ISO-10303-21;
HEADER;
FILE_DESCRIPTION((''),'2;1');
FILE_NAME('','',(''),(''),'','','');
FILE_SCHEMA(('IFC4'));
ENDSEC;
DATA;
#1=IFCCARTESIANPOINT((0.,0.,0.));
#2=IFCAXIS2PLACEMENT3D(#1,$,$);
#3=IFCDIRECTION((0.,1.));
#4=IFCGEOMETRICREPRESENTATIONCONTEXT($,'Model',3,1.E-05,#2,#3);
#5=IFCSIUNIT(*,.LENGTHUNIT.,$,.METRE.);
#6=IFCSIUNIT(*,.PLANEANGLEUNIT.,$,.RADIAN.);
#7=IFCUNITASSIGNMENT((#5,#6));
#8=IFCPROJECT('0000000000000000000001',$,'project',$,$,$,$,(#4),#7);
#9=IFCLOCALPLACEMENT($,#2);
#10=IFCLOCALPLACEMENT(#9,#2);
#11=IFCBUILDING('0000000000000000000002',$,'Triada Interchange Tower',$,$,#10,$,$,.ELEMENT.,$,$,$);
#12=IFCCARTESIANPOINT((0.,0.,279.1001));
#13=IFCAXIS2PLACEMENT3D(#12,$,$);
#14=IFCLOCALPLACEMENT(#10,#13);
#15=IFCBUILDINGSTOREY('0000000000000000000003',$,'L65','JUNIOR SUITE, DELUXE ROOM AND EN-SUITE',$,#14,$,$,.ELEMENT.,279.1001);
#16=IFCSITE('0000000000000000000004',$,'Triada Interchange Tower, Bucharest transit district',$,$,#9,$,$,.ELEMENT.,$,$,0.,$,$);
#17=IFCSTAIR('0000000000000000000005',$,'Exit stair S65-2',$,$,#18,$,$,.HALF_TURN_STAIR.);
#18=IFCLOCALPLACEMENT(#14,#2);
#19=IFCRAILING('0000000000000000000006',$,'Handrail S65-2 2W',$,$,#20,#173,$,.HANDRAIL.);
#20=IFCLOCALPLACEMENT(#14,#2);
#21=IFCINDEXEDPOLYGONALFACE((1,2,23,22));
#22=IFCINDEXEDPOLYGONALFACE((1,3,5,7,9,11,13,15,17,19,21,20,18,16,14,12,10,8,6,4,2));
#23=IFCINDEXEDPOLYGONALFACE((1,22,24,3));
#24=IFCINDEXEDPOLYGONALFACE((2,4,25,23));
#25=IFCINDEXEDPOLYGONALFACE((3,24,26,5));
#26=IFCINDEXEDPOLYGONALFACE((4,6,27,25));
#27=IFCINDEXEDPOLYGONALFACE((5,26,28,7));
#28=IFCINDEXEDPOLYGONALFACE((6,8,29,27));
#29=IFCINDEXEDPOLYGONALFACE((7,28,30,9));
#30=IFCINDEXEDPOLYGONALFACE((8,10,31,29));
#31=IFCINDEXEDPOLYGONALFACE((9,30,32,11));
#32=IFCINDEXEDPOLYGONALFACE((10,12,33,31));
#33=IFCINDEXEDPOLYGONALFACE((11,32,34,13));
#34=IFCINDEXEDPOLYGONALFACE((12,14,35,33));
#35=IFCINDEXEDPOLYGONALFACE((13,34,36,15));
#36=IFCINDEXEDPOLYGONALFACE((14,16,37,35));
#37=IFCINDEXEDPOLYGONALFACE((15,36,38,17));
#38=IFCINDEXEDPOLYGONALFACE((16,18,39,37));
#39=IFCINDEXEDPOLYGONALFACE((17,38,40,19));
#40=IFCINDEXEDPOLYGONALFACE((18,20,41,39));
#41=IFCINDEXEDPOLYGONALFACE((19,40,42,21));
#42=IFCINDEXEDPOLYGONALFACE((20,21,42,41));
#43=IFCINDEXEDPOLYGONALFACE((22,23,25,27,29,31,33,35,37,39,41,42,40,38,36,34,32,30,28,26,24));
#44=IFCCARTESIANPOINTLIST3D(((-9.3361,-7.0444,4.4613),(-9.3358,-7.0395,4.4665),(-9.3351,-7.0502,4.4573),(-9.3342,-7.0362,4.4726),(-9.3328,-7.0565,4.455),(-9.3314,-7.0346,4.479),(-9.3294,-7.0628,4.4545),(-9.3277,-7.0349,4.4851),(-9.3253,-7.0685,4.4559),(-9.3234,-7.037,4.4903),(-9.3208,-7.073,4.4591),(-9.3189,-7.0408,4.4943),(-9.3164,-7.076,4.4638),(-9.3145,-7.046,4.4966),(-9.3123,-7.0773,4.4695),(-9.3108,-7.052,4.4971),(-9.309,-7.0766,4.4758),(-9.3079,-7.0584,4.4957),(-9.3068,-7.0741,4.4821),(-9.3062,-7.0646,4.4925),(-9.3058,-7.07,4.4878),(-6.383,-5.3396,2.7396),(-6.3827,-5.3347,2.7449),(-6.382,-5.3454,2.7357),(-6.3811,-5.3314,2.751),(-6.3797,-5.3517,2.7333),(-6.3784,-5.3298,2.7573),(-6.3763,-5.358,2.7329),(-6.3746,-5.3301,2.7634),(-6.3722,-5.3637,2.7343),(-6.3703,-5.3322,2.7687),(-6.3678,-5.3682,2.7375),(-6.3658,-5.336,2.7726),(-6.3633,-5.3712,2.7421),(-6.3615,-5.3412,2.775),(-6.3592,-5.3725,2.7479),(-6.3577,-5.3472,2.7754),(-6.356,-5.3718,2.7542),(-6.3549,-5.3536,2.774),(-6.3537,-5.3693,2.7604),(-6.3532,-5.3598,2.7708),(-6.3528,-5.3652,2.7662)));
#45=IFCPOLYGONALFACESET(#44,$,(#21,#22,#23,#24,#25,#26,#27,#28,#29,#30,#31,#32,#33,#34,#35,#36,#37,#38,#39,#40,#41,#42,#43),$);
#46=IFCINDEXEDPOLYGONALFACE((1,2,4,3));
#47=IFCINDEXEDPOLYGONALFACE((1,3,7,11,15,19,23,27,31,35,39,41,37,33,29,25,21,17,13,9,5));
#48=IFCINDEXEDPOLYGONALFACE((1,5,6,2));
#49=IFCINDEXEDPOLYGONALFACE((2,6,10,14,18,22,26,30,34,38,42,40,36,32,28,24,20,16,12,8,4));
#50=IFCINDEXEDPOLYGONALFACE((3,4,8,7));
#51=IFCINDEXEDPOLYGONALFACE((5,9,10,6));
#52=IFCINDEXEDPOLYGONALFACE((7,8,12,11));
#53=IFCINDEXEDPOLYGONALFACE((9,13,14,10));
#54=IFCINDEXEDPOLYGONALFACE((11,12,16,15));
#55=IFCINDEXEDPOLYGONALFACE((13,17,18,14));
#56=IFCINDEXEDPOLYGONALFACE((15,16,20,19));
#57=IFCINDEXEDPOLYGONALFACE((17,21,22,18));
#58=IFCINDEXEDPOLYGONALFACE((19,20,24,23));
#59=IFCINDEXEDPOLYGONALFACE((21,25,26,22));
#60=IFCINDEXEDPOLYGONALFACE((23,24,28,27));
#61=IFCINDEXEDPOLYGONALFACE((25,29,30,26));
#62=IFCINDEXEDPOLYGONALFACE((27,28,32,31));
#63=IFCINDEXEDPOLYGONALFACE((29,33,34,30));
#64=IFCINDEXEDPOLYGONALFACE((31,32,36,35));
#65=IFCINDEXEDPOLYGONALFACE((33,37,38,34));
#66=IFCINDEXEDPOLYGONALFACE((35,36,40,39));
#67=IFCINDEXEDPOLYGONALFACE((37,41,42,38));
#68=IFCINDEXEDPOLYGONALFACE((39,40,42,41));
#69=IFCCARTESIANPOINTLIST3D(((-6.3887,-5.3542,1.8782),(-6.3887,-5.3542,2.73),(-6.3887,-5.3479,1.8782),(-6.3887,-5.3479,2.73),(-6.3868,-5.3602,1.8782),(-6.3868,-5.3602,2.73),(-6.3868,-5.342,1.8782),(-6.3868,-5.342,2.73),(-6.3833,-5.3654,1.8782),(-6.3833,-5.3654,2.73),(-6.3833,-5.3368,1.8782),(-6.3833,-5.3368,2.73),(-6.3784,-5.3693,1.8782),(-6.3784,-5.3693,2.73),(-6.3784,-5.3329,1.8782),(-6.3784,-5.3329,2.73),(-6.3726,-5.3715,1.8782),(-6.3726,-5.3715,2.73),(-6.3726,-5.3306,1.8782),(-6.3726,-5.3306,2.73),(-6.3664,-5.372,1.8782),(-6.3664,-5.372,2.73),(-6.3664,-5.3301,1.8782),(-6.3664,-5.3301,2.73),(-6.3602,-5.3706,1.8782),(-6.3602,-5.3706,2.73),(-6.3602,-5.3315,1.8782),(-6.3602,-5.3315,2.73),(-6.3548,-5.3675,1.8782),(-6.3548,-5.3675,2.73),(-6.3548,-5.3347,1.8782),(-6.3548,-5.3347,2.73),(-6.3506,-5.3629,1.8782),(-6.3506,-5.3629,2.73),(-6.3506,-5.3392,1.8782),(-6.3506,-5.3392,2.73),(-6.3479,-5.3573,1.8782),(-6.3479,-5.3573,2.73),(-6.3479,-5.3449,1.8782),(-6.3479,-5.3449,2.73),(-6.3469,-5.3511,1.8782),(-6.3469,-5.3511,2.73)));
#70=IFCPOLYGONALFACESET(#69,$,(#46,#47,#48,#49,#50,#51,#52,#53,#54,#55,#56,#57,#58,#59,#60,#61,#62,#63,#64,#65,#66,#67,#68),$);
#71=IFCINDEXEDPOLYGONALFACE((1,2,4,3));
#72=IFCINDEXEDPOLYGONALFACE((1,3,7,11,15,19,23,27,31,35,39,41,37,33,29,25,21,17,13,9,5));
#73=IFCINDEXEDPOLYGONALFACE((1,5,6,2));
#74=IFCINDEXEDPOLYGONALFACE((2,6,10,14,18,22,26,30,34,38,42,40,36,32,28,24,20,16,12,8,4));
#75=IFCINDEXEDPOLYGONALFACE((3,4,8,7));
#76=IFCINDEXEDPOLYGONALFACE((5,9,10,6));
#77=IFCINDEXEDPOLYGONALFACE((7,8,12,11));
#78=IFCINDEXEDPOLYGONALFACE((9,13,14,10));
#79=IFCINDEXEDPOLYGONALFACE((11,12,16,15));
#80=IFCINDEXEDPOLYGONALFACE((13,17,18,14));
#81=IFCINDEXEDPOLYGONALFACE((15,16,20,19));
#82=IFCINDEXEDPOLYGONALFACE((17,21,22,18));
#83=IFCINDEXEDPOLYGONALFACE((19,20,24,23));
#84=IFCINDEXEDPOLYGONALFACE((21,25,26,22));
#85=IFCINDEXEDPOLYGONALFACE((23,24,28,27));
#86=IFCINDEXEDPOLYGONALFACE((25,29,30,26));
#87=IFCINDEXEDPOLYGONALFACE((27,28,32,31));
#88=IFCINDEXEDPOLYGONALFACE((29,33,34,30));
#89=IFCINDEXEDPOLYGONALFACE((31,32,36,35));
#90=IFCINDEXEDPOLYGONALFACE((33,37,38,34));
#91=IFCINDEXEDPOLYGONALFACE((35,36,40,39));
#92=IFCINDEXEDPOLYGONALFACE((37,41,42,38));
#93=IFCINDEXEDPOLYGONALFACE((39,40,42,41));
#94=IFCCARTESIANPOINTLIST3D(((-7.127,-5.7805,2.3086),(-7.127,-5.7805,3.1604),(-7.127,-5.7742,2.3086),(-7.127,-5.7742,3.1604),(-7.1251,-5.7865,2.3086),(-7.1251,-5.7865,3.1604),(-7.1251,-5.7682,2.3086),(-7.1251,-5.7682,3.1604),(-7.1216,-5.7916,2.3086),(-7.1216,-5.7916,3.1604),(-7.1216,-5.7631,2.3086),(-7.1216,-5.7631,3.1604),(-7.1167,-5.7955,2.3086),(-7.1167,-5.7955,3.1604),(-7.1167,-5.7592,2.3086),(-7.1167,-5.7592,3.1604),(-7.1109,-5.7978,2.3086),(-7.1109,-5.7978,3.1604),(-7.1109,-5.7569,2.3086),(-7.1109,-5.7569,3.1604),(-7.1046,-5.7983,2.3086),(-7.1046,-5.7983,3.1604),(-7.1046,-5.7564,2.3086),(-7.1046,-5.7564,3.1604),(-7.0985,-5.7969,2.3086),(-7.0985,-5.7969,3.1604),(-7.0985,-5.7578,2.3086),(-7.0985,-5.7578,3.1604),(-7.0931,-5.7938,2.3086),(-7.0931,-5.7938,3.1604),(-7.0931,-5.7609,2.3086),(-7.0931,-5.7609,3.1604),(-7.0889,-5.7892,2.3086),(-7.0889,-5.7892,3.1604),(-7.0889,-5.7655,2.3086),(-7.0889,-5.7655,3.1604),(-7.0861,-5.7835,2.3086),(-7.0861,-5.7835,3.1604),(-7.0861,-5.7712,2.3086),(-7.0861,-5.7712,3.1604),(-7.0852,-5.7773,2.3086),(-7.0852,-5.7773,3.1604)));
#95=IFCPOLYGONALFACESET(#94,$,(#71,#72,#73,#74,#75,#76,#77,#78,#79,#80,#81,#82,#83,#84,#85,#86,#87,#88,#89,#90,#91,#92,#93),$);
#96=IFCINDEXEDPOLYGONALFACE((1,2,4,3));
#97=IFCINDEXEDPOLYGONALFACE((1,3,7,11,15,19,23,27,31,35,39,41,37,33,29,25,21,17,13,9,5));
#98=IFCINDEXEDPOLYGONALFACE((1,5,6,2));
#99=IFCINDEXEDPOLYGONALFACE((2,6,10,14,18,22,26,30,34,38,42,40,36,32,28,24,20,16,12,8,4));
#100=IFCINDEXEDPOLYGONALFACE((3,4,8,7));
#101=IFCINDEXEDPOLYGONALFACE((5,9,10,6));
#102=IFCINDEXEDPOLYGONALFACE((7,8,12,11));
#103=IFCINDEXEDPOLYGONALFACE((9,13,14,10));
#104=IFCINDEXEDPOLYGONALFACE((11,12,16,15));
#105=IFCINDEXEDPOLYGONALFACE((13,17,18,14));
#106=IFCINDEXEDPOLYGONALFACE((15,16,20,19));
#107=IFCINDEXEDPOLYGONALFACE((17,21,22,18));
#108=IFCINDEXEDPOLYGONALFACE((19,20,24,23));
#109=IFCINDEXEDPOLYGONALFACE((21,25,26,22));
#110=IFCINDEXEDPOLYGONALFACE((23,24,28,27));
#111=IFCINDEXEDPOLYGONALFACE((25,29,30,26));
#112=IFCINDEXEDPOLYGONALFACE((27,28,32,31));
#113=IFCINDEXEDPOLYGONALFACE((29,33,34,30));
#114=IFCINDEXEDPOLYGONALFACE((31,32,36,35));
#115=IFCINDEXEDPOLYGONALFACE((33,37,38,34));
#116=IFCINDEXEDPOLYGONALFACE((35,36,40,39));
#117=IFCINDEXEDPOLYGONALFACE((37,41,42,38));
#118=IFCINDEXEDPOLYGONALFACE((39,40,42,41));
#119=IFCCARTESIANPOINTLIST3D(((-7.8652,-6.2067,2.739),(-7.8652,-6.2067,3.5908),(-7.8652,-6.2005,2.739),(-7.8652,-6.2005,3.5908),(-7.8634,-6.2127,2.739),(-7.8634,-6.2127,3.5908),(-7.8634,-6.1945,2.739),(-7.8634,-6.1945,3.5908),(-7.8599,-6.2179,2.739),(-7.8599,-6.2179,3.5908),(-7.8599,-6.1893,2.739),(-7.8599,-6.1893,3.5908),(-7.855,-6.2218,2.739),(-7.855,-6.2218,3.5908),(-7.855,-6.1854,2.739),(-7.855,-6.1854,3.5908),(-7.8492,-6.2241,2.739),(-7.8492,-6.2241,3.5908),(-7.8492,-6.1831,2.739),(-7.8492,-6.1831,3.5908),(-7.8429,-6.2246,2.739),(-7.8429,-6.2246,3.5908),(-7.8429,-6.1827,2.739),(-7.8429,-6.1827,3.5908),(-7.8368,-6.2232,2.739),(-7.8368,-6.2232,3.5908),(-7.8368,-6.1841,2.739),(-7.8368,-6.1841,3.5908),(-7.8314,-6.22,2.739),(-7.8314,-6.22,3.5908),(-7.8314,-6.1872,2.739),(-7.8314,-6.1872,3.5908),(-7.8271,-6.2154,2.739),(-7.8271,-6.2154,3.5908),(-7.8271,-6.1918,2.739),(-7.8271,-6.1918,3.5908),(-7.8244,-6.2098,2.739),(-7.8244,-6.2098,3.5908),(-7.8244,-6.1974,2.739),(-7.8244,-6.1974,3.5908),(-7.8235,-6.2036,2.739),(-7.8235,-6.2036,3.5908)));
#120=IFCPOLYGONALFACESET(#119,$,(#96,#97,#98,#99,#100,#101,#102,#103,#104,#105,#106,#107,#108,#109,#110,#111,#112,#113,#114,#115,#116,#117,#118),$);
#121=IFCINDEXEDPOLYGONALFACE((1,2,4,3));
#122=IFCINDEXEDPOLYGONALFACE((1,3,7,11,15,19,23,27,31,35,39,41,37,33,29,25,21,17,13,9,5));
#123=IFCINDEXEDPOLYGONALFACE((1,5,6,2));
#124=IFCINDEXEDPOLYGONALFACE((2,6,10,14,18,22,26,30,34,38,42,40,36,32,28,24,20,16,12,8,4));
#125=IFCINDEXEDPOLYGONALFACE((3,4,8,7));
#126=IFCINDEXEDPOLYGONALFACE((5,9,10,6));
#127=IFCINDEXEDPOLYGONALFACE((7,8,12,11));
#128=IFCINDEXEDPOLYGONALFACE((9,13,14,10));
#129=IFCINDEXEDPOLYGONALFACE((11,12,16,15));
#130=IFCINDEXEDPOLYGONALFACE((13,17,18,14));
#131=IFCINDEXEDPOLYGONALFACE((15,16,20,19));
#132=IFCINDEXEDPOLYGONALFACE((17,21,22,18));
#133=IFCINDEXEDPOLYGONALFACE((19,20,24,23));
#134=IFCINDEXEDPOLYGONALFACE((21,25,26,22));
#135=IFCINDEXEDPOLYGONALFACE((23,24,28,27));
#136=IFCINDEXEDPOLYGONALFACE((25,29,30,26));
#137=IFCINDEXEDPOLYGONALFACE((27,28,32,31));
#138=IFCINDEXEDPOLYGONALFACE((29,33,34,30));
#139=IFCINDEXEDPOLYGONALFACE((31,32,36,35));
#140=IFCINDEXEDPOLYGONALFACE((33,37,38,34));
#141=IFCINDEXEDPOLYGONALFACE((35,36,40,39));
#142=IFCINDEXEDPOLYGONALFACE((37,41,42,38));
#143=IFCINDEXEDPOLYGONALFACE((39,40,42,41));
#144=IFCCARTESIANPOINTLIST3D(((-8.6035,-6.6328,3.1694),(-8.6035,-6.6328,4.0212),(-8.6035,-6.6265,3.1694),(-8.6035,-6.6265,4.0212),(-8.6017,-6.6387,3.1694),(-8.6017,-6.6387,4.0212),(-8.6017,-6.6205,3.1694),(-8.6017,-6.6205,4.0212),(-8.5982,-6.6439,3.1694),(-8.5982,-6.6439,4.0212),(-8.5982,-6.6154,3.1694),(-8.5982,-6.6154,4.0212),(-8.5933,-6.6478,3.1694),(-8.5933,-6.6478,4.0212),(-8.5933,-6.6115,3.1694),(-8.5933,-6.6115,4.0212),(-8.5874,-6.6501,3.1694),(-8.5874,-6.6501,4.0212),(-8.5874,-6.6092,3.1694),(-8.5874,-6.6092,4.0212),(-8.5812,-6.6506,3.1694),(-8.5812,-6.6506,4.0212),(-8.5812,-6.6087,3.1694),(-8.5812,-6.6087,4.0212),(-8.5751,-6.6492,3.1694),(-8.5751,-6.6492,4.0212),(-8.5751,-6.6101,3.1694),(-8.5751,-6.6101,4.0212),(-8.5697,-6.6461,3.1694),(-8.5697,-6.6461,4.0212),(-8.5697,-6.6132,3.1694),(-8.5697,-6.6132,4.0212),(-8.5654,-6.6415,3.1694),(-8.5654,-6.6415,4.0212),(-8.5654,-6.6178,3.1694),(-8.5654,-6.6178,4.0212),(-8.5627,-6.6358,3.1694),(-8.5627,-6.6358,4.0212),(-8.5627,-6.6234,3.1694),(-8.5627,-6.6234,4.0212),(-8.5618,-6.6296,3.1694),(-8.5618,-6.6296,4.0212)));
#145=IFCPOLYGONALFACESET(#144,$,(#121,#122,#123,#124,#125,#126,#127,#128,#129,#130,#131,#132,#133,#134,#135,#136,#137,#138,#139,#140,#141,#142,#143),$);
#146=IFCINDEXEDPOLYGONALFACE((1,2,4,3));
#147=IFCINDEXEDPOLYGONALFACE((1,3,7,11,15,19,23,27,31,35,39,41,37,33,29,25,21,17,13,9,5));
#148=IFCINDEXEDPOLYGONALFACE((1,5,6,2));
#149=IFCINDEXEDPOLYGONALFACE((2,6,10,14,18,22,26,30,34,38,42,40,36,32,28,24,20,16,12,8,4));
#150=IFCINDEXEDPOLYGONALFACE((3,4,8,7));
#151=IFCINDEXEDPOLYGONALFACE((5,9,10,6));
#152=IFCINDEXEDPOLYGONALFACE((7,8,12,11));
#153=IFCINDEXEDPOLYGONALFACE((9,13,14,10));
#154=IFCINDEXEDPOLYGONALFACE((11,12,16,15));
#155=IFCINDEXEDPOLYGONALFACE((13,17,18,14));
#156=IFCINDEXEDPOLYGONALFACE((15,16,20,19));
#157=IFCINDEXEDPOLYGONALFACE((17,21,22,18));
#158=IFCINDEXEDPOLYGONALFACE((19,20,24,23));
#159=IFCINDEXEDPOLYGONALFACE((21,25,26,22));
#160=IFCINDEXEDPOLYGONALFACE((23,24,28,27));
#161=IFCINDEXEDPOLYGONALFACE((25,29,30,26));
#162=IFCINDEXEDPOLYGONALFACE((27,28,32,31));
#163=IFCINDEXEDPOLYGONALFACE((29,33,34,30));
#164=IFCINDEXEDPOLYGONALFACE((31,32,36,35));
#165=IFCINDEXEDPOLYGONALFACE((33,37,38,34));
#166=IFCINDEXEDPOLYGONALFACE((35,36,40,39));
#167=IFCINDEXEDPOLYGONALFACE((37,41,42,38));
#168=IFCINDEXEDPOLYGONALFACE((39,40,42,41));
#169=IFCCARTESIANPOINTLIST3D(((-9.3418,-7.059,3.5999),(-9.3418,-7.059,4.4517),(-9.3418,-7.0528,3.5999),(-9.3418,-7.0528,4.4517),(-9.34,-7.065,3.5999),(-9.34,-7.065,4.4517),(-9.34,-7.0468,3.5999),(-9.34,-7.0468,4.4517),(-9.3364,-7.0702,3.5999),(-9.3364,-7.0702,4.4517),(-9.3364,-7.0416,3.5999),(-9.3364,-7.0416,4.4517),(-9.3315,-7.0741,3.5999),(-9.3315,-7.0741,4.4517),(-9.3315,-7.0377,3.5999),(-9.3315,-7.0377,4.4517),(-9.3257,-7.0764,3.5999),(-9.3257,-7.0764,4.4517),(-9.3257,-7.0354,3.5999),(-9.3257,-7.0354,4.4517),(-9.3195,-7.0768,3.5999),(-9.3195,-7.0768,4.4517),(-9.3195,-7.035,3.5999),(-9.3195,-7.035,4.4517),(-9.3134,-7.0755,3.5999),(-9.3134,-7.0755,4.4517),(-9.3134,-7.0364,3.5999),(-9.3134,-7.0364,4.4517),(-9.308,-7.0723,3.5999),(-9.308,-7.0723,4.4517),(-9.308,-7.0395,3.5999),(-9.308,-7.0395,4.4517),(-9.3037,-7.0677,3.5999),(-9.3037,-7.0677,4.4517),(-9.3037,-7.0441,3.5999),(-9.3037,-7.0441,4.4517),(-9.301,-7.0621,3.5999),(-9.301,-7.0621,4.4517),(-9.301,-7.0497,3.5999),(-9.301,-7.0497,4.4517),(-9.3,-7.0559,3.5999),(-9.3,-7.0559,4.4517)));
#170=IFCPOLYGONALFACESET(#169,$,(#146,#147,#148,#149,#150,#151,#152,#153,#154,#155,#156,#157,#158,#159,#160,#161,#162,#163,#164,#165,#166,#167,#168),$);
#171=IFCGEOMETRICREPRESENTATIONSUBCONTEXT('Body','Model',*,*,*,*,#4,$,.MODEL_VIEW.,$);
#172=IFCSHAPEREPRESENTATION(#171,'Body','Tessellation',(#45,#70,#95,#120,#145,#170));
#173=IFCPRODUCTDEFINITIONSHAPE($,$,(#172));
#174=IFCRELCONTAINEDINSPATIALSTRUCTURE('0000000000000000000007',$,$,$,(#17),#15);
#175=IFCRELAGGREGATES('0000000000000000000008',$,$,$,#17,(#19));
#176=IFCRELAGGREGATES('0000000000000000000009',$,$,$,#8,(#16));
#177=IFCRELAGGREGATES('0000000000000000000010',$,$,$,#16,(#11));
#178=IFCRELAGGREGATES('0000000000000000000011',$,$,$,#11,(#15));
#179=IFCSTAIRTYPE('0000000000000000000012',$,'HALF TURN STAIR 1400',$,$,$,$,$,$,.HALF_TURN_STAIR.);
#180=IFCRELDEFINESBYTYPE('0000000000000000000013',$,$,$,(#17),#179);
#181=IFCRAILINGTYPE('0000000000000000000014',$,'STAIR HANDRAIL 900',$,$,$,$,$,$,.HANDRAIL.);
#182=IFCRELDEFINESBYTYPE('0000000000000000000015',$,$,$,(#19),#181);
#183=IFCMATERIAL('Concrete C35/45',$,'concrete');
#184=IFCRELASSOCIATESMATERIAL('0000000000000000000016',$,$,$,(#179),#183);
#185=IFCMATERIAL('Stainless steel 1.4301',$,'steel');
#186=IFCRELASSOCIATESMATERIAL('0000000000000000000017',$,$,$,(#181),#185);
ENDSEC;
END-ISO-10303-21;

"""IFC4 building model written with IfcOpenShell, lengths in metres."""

from ifc_helpers import new_model, si_unit, direction, frame, origin, origin_2d, place, context, subcontext, project, spatial, circle, extrude, material, type_object, element, aggregate, save


model = new_model("IFC4")

# Units and contexts
model_context = context("Model", 3, precision=1e-05, world=origin(), true_north=direction((0.0, 1.0)))
body_context = subcontext(model_context, "Body", "Model", "MODEL_VIEW")
ifc_project = project(units=[si_unit("LENGTHUNIT", "METRE"), si_unit("PLANEANGLEUNIT", "RADIAN")], contexts=[model_context])

# Site, building, storey
site_placement = place(None, origin())
site = spatial("IfcSite", under=ifc_project, at=site_placement, Name="Triada Interchange Tower, Bucharest transit district", CompositionType="ELEMENT", RefElevation=0.0)
building_placement = place(site_placement, origin())
building = spatial("IfcBuilding", under=site, at=building_placement, Name="Triada Interchange Tower", CompositionType="ELEMENT")
storey_placement = place(building_placement, frame((0.0, 0.0, 279.1001)))
storey = spatial("IfcBuildingStorey", under=building, at=storey_placement, Name="L65", Description="JUNIOR SUITE, DELUXE ROOM AND EN-SUITE", CompositionType="ELEMENT", Elevation=279.1001)

# Stair
ifc_material_1 = material(Name="Concrete C35/45", Category="concrete")
stair_type = type_object("IfcStairType", Name="HALF TURN STAIR 1400", PredefinedType="HALF_TURN_STAIR", material=ifc_material_1)
stair_placement = place(storey_placement, origin())
stair = element("IfcStair", 1, at=stair_placement, inside=storey, type_object=stair_type, Name="Exit stair S65-2", PredefinedType="HALF_TURN_STAIR")

# Railing
ifc_material_2 = material(Name="Stainless steel 1.4301", Category="steel")
railing_type = type_object("IfcRailingType", Name="STAIR HANDRAIL 900", PredefinedType="HANDRAIL", material=ifc_material_2)
railing_1_placement = place(storey_placement, frame((-6.3679, -5.3511, 1.8782)))
railing_1 = element("IfcRailing", 2, at=railing_1_placement, type_object=railing_type, Name="Handrail S65-2 2W", PredefinedType="HANDRAIL", context=body_context, shape_type="SweptSolid", body=[
    extrude(circle(Radius=0.0239, at=origin_2d()), frame((0.0, 0.0, 0.876), z_axis=(-0.773091, -0.446304, 0.450714), x_axis=(0.499966, -0.866045, 0.0)), (0.0, 0.0, 1.0), 3.8198),
    extrude(circle(Radius=0.021, at=origin_2d()), origin(), (0.0, 0.0, 1.0), 0.8518),
    extrude(circle(Radius=0.021, at=origin_2d()), frame((-0.7383, -0.4263, 0.4304)), (0.0, 0.0, 1.0), 0.8518),
    extrude(circle(Radius=0.021, at=origin_2d()), frame((-1.4766, -0.8525, 0.8608)), (0.0, 0.0, 1.0), 0.8518),
    extrude(circle(Radius=0.021, at=origin_2d()), frame((-2.2148, -1.2786, 1.2913)), (0.0, 0.0, 1.0), 0.8518),
    extrude(circle(Radius=0.021, at=origin_2d()), frame((-2.9531, -1.7048, 1.7217)), (0.0, 0.0, 1.0), 0.8518),
])
aggregate(stair, [railing_1])

save(model, "model.ifc")
